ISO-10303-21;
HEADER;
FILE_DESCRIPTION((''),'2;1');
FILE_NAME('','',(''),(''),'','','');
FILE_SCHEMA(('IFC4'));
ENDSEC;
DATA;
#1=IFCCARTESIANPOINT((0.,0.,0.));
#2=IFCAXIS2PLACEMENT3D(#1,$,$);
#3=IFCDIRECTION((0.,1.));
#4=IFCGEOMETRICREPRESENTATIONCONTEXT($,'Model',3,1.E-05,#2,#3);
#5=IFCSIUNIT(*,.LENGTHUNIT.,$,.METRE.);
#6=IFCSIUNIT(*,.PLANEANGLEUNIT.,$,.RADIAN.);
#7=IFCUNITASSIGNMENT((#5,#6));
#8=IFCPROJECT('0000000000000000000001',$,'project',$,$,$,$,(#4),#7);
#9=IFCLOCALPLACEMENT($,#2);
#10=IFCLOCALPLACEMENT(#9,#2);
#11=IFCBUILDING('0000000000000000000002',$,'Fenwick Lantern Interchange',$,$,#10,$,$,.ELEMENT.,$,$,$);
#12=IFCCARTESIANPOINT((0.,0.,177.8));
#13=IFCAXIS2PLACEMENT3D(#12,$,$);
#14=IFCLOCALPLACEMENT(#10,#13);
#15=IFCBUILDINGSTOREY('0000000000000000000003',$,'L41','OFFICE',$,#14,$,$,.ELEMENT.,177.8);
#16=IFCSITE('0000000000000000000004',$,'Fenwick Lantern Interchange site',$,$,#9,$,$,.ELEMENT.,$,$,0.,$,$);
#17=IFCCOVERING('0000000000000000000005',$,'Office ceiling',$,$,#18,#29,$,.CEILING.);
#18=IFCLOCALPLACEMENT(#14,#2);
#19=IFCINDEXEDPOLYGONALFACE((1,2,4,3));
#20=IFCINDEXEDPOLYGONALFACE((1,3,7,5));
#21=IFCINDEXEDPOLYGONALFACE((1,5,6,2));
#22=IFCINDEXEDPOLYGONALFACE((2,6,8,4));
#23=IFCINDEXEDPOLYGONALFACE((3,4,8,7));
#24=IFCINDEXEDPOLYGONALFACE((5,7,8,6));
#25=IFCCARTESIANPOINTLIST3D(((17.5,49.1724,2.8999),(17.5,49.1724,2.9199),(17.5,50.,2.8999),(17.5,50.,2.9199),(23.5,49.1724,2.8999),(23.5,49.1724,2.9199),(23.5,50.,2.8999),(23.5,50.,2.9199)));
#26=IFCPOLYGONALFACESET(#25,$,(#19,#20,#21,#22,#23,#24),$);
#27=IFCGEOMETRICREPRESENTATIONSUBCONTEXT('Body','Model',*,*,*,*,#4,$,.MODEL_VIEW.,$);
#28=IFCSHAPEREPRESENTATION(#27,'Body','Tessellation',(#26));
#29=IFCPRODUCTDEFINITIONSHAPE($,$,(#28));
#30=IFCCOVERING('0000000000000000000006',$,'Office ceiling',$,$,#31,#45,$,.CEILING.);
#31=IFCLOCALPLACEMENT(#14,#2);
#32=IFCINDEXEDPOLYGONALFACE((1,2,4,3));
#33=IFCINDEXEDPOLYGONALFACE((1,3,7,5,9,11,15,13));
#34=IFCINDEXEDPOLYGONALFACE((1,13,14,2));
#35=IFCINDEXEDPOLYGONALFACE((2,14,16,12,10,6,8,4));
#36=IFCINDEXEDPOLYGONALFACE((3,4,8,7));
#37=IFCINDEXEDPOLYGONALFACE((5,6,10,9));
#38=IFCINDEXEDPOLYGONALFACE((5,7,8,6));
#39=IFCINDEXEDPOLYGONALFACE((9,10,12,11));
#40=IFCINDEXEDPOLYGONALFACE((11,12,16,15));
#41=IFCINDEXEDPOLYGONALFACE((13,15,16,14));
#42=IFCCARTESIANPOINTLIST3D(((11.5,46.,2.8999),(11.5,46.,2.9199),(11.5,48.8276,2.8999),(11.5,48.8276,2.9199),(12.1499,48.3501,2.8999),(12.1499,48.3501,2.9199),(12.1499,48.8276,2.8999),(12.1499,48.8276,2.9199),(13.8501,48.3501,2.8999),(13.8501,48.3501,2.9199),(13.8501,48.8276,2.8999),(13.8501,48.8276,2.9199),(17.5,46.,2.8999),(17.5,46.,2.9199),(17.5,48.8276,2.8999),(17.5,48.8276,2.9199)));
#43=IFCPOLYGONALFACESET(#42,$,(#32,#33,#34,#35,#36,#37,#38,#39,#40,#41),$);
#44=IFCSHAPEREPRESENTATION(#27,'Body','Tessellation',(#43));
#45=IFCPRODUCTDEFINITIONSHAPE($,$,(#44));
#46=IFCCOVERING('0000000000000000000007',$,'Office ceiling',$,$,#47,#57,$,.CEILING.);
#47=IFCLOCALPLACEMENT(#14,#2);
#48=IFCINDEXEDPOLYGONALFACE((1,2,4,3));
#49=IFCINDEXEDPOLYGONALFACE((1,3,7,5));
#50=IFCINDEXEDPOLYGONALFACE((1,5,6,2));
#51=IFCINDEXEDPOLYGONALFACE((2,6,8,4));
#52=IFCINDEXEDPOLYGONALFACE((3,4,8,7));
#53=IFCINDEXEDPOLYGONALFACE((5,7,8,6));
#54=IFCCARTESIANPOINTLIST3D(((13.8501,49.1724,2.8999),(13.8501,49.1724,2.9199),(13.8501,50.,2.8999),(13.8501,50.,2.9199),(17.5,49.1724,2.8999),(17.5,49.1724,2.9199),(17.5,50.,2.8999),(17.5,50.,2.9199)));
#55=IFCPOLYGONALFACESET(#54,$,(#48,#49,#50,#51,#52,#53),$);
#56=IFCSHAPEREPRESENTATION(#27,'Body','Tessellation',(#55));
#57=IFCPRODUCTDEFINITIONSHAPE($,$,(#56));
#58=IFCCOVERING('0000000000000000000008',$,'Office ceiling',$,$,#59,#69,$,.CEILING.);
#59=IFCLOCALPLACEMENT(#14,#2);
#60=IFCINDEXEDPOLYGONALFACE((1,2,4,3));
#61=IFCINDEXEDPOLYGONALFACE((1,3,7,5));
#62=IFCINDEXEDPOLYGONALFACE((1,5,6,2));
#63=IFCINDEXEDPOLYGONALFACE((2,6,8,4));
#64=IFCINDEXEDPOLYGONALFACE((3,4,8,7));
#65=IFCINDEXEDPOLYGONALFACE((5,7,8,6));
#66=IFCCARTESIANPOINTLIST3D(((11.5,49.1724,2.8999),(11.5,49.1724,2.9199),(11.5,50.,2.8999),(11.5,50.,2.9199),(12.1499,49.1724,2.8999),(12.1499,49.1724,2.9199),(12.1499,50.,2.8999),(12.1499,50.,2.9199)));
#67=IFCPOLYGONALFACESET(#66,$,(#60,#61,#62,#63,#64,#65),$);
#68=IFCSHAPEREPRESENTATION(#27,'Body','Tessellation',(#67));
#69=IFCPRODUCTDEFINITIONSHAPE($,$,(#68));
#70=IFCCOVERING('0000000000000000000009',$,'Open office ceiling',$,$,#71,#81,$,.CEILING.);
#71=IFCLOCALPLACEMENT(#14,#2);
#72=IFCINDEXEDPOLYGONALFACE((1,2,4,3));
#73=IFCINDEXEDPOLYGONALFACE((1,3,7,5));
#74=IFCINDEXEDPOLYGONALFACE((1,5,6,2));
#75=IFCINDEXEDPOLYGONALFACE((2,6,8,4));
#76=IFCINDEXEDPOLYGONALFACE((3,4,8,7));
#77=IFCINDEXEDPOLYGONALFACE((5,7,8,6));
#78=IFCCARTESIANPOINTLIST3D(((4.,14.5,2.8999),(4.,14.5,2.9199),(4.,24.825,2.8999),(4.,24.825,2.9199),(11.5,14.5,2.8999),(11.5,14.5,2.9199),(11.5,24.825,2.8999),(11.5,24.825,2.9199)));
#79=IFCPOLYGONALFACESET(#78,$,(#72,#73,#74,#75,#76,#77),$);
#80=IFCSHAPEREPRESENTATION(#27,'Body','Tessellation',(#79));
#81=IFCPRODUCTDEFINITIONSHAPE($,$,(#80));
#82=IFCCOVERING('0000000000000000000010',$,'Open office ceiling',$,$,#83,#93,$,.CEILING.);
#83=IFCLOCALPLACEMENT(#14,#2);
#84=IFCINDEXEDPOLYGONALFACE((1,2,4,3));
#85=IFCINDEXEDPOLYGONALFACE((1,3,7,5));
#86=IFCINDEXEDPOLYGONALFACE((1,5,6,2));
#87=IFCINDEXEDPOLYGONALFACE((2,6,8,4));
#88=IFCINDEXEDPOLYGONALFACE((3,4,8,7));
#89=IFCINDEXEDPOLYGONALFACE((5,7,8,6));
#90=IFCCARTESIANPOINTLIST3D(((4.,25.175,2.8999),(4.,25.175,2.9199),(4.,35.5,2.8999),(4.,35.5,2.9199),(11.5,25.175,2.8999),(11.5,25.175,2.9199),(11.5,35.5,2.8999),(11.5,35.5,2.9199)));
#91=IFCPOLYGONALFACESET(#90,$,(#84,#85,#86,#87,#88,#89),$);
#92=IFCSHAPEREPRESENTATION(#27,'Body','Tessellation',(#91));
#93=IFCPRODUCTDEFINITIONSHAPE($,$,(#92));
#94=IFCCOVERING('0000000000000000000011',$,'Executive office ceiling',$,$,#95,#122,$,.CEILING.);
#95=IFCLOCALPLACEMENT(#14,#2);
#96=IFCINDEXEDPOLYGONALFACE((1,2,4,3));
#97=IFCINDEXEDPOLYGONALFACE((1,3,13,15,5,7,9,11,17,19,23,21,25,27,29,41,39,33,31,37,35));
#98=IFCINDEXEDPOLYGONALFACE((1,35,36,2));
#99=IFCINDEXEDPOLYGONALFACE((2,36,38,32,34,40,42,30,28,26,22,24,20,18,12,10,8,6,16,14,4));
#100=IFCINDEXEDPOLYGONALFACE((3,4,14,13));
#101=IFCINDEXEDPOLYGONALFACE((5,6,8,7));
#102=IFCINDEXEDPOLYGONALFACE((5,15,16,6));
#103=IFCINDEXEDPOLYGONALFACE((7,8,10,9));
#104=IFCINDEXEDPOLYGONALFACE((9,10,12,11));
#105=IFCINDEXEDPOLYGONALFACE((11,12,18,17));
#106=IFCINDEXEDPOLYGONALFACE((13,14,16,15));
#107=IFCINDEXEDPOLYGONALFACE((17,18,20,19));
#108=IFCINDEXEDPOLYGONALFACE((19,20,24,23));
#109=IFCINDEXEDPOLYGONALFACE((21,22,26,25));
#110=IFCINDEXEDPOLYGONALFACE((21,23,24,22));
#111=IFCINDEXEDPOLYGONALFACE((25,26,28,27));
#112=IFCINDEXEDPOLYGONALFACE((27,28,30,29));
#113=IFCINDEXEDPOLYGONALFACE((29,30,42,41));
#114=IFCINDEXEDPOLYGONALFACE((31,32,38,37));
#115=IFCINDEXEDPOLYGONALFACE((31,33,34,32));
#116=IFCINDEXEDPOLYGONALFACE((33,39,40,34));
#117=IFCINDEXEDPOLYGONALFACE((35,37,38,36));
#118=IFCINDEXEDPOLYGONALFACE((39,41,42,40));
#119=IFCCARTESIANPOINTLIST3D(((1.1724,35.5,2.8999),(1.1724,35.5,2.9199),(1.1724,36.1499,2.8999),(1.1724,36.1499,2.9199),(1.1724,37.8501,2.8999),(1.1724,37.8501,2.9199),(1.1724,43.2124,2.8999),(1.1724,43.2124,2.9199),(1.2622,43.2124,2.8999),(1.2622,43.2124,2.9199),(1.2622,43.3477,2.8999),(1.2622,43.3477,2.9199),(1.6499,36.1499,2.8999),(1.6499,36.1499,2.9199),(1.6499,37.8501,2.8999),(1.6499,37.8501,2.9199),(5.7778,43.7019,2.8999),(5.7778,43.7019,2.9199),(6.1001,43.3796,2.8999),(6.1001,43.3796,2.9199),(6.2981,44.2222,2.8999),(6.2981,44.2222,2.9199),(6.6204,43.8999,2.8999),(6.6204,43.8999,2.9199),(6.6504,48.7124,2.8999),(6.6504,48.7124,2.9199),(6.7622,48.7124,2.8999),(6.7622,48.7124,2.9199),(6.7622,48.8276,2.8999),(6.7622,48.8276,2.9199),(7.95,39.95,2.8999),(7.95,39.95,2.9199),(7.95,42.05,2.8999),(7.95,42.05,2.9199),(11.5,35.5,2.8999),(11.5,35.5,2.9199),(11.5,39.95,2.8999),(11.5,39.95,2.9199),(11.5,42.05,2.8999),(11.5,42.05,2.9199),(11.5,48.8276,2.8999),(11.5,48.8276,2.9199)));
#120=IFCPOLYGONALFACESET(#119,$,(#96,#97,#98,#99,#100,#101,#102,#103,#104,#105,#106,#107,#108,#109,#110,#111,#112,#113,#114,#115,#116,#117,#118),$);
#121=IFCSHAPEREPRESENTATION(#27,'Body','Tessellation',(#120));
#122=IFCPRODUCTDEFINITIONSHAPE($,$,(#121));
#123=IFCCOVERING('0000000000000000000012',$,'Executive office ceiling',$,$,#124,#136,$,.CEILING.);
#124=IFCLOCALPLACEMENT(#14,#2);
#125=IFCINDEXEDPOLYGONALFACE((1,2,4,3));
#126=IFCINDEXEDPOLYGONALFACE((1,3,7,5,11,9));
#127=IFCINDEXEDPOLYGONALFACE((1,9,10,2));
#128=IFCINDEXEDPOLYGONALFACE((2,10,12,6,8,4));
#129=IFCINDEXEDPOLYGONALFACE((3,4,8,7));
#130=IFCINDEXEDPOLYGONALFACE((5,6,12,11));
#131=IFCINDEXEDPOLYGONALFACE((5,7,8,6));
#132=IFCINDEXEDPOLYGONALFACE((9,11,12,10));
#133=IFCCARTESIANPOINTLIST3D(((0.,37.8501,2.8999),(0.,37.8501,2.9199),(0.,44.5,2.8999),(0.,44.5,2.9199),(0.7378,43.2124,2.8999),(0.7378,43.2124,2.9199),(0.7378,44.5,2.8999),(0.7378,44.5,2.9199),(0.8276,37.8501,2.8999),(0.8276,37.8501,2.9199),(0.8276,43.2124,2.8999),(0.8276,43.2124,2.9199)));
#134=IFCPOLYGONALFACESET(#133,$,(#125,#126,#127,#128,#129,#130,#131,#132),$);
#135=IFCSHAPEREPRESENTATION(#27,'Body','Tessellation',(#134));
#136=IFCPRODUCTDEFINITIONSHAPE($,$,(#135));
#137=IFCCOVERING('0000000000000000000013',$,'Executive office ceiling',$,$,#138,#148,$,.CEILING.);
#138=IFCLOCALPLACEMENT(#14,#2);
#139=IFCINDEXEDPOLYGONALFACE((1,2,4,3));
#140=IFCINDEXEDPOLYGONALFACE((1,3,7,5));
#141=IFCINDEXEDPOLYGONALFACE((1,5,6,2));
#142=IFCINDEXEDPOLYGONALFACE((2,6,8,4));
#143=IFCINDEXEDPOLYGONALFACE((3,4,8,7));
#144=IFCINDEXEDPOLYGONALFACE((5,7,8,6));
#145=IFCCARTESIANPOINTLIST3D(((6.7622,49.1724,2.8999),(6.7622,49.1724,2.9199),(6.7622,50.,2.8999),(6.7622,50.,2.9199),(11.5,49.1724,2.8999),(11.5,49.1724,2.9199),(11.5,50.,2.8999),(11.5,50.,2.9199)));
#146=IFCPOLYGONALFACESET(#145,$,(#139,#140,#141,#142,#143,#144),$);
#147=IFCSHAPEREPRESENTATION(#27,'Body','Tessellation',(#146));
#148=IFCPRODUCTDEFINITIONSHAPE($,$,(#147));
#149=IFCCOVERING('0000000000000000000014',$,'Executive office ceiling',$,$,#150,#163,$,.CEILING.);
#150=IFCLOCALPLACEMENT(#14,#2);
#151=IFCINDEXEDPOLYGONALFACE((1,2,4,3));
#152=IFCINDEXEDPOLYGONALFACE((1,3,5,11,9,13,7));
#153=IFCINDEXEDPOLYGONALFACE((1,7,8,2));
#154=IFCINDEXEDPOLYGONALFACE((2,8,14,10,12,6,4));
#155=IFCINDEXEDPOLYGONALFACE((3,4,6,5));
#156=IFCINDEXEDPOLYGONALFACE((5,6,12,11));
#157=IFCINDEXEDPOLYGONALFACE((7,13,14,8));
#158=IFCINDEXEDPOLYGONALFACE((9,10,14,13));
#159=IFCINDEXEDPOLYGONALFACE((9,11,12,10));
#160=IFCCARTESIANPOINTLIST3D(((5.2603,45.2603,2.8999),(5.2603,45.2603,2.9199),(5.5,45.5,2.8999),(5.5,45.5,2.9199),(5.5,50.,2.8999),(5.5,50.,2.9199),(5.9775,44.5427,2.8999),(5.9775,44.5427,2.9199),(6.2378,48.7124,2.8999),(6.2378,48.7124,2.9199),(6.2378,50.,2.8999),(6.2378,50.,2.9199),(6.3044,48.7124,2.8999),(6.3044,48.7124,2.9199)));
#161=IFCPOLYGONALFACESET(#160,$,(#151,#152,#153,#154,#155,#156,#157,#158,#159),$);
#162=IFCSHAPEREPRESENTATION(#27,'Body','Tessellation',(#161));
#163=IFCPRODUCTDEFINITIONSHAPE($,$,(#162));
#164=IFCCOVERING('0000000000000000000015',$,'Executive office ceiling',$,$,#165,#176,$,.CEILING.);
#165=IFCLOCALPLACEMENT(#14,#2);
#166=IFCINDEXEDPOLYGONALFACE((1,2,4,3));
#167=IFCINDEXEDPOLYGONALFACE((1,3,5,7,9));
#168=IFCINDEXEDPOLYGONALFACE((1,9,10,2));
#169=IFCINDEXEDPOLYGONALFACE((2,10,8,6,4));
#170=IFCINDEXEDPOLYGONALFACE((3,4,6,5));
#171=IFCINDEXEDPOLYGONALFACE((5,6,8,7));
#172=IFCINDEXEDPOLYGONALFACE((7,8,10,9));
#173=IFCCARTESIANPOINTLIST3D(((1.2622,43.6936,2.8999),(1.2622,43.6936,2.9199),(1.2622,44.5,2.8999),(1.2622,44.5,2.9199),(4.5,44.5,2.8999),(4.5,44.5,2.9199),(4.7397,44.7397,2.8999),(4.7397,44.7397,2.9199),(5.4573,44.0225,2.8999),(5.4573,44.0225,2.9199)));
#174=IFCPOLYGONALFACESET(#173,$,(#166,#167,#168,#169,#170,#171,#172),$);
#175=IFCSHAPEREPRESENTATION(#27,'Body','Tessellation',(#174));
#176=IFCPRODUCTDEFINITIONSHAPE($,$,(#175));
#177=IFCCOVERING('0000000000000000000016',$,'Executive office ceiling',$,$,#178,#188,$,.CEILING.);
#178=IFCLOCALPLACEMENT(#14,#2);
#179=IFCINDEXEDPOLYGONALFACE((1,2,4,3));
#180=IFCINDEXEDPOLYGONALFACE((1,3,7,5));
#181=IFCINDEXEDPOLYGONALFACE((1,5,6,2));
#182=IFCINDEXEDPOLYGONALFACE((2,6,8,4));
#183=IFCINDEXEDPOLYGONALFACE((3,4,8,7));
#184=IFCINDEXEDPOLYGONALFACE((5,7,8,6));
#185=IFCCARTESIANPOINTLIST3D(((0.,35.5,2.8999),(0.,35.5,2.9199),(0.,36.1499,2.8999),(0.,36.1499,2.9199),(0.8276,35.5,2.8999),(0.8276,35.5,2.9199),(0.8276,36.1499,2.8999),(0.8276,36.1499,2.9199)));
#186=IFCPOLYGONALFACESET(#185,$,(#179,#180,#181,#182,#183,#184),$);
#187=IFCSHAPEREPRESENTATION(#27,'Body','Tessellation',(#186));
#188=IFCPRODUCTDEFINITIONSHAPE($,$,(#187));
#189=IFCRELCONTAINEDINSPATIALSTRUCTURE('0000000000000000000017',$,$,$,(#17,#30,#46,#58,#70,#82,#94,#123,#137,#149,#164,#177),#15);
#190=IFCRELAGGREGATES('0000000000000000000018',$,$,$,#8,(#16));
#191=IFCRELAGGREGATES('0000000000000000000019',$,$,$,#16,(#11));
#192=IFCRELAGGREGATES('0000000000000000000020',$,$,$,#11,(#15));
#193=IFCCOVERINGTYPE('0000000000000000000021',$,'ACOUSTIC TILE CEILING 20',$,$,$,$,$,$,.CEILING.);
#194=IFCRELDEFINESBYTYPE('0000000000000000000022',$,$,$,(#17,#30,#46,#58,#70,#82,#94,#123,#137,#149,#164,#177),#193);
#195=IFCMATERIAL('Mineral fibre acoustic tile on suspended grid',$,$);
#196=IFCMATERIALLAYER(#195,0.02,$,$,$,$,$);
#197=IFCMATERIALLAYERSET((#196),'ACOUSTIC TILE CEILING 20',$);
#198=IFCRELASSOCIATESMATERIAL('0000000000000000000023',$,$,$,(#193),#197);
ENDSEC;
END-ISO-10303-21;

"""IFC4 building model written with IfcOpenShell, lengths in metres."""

from ifc_helpers import new_model, si_unit, direction, frame, origin, place, context, subcontext, project, spatial, polyline, outline, extrude, material, layer, layer_set, type_object, element, save


model = new_model("IFC4")

# Units and contexts
model_context = context("Model", 3, precision=1e-05, world=origin(), true_north=direction((0.0, 1.0)))
body_context = subcontext(model_context, "Body", "Model", "MODEL_VIEW")
ifc_project = project(units=[si_unit("LENGTHUNIT", "METRE"), si_unit("PLANEANGLEUNIT", "RADIAN")], contexts=[model_context])

# Site, building, storey
site_placement = place(None, origin())
site = spatial("IfcSite", under=ifc_project, at=site_placement, Name="Fenwick Lantern Interchange site", CompositionType="ELEMENT", RefElevation=0.0)
building_placement = place(site_placement, origin())
building = spatial("IfcBuilding", under=site, at=building_placement, Name="Fenwick Lantern Interchange", CompositionType="ELEMENT")
storey_placement = place(building_placement, frame((0.0, 0.0, 177.8)))
storey = spatial("IfcBuildingStorey", under=building, at=storey_placement, Name="L41", Description="OFFICE", CompositionType="ELEMENT", Elevation=177.8)

# Coverings
ifc_material_1 = material(Name="Mineral fibre acoustic tile on suspended grid")
ifc_layer_1 = layer(ifc_material_1, 0.02)
ifc_layer_set_1 = layer_set([ifc_layer_1], Name="ACOUSTIC TILE CEILING 20")
covering_type_1 = type_object("IfcCoveringType", Name="ACOUSTIC TILE CEILING 20", PredefinedType="CEILING", material=ifc_layer_set_1)
covering_1_placement = place(storey_placement, frame((0.0, 0.0, 2.8999)))
element("IfcCovering", 1, at=covering_1_placement, inside=storey, type_object=covering_type_1, Name="Office ceiling", PredefinedType="CEILING", context=body_context, shape_type="SweptSolid", body=[
    extrude(outline(polyline([(17.5, 50.0), (17.5, 49.1724), (23.5, 49.1724), (23.5, 50.0), (17.5, 50.0)])), origin(), (0.0, 0.0, 1.0), 0.02),
])
covering_2_placement = place(storey_placement, frame((0.0, 0.0, 2.8999)))
element("IfcCovering", 2, at=covering_2_placement, inside=storey, type_object=covering_type_1, Name="Office ceiling", PredefinedType="CEILING", context=body_context, shape_type="SweptSolid", body=[
    extrude(outline(polyline([(17.5, 46.0), (17.5, 48.8276), (13.8501, 48.8276), (13.8501, 48.3501), (12.1499, 48.3501), (12.1499, 48.8276), (11.5, 48.8276), (11.5, 46.0), (17.5, 46.0)])), origin(), (0.0, 0.0, 1.0), 0.02),
])
covering_3_placement = place(storey_placement, frame((0.0, 0.0, 2.8999)))
element("IfcCovering", 3, at=covering_3_placement, inside=storey, type_object=covering_type_1, Name="Office ceiling", PredefinedType="CEILING", context=body_context, shape_type="SweptSolid", body=[
    extrude(outline(polyline([(17.5, 49.1724), (17.5, 50.0), (13.8501, 50.0), (13.8501, 49.1724), (17.5, 49.1724)])), origin(), (0.0, 0.0, 1.0), 0.02),
])
covering_4_placement = place(storey_placement, frame((0.0, 0.0, 2.8999)))
element("IfcCovering", 4, at=covering_4_placement, inside=storey, type_object=covering_type_1, Name="Office ceiling", PredefinedType="CEILING", context=body_context, shape_type="SweptSolid", body=[
    extrude(outline(polyline([(11.5, 50.0), (11.5, 49.1724), (12.1499, 49.1724), (12.1499, 50.0), (11.5, 50.0)])), origin(), (0.0, 0.0, 1.0), 0.02),
])
covering_5_placement = place(storey_placement, frame((0.0, 0.0, 2.8999)))
element("IfcCovering", 5, at=covering_5_placement, inside=storey, type_object=covering_type_1, Name="Open office ceiling", PredefinedType="CEILING", context=body_context, shape_type="SweptSolid", body=[
    extrude(outline(polyline([(11.5, 14.5), (11.5, 24.825), (4.0, 24.825), (4.0, 14.5), (11.5, 14.5)])), origin(), (0.0, 0.0, 1.0), 0.02),
])
covering_6_placement = place(storey_placement, frame((0.0, 0.0, 2.8999)))
element("IfcCovering", 6, at=covering_6_placement, inside=storey, type_object=covering_type_1, Name="Open office ceiling", PredefinedType="CEILING", context=body_context, shape_type="SweptSolid", body=[
    extrude(outline(polyline([(11.5, 25.175), (11.5, 35.5), (4.0, 35.5), (4.0, 25.175), (11.5, 25.175)])), origin(), (0.0, 0.0, 1.0), 0.02),
])
covering_7_placement = place(storey_placement, frame((0.0, 0.0, 2.8999)))
element("IfcCovering", 7, at=covering_7_placement, inside=storey, type_object=covering_type_1, Name="Executive office ceiling", PredefinedType="CEILING", context=body_context, shape_type="SweptSolid", body=[
    extrude(outline(polyline([(6.7622, 48.7124), (6.6504, 48.7124), (6.2981, 44.2222), (6.6204, 43.8999), (6.1001, 43.3796), (5.7778, 43.7019), (1.2622, 43.3477), (1.2622, 43.2124), (1.1724, 43.2124), (1.1724, 37.8501), (1.6499, 37.8501), (1.6499, 36.1499), (1.1724, 36.1499), (1.1724, 35.5), (11.5, 35.5), (11.5, 39.95), (7.95, 39.95), (7.95, 42.05), (11.5, 42.05), (11.5, 48.8276), (6.7622, 48.8276), (6.7622, 48.7124)])), origin(), (0.0, 0.0, 1.0), 0.02),
])
covering_8_placement = place(storey_placement, frame((0.0, 0.0, 2.8999)))
element("IfcCovering", 8, at=covering_8_placement, inside=storey, type_object=covering_type_1, Name="Executive office ceiling", PredefinedType="CEILING", context=body_context, shape_type="SweptSolid", body=[
    extrude(outline(polyline([(0.0, 37.8501), (0.8276, 37.8501), (0.8276, 43.2124), (0.7378, 43.2124), (0.7378, 44.5), (0.0, 44.5), (0.0, 37.8501)])), origin(), (0.0, 0.0, 1.0), 0.02),
])
covering_9_placement = place(storey_placement, frame((0.0, 0.0, 2.8999)))
element("IfcCovering", 9, at=covering_9_placement, inside=storey, type_object=covering_type_1, Name="Executive office ceiling", PredefinedType="CEILING", context=body_context, shape_type="SweptSolid", body=[
    extrude(outline(polyline([(6.7622, 50.0), (6.7622, 49.1724), (11.5, 49.1724), (11.5, 50.0), (6.7622, 50.0)])), origin(), (0.0, 0.0, 1.0), 0.02),
])
covering_10_placement = place(storey_placement, frame((0.0, 0.0, 2.8999)))
element("IfcCovering", 10, at=covering_10_placement, inside=storey, type_object=covering_type_1, Name="Executive office ceiling", PredefinedType="CEILING", context=body_context, shape_type="SweptSolid", body=[
    extrude(outline(polyline([(6.3044, 48.7124), (6.2378, 48.7124), (6.2378, 50.0), (5.5, 50.0), (5.5, 45.5), (5.2603, 45.2603), (5.9775, 44.5427), (6.3044, 48.7124)])), origin(), (0.0, 0.0, 1.0), 0.02),
])
covering_11_placement = place(storey_placement, frame((0.0, 0.0, 2.8999)))
element("IfcCovering", 11, at=covering_11_placement, inside=storey, type_object=covering_type_1, Name="Executive office ceiling", PredefinedType="CEILING", context=body_context, shape_type="SweptSolid", body=[
    extrude(outline(polyline([(1.2622, 44.5), (1.2622, 43.6936), (5.4573, 44.0225), (4.7397, 44.7397), (4.5, 44.5), (1.2622, 44.5)])), origin(), (0.0, 0.0, 1.0), 0.02),
])
covering_12_placement = place(storey_placement, frame((0.0, 0.0, 2.8999)))
element("IfcCovering", 12, at=covering_12_placement, inside=storey, type_object=covering_type_1, Name="Executive office ceiling", PredefinedType="CEILING", context=body_context, shape_type="SweptSolid", body=[
    extrude(outline(polyline([(0.0, 35.5), (0.8276, 35.5), (0.8276, 36.1499), (0.0, 36.1499), (0.0, 35.5)])), origin(), (0.0, 0.0, 1.0), 0.02),
])

save(model, "model.ifc")
